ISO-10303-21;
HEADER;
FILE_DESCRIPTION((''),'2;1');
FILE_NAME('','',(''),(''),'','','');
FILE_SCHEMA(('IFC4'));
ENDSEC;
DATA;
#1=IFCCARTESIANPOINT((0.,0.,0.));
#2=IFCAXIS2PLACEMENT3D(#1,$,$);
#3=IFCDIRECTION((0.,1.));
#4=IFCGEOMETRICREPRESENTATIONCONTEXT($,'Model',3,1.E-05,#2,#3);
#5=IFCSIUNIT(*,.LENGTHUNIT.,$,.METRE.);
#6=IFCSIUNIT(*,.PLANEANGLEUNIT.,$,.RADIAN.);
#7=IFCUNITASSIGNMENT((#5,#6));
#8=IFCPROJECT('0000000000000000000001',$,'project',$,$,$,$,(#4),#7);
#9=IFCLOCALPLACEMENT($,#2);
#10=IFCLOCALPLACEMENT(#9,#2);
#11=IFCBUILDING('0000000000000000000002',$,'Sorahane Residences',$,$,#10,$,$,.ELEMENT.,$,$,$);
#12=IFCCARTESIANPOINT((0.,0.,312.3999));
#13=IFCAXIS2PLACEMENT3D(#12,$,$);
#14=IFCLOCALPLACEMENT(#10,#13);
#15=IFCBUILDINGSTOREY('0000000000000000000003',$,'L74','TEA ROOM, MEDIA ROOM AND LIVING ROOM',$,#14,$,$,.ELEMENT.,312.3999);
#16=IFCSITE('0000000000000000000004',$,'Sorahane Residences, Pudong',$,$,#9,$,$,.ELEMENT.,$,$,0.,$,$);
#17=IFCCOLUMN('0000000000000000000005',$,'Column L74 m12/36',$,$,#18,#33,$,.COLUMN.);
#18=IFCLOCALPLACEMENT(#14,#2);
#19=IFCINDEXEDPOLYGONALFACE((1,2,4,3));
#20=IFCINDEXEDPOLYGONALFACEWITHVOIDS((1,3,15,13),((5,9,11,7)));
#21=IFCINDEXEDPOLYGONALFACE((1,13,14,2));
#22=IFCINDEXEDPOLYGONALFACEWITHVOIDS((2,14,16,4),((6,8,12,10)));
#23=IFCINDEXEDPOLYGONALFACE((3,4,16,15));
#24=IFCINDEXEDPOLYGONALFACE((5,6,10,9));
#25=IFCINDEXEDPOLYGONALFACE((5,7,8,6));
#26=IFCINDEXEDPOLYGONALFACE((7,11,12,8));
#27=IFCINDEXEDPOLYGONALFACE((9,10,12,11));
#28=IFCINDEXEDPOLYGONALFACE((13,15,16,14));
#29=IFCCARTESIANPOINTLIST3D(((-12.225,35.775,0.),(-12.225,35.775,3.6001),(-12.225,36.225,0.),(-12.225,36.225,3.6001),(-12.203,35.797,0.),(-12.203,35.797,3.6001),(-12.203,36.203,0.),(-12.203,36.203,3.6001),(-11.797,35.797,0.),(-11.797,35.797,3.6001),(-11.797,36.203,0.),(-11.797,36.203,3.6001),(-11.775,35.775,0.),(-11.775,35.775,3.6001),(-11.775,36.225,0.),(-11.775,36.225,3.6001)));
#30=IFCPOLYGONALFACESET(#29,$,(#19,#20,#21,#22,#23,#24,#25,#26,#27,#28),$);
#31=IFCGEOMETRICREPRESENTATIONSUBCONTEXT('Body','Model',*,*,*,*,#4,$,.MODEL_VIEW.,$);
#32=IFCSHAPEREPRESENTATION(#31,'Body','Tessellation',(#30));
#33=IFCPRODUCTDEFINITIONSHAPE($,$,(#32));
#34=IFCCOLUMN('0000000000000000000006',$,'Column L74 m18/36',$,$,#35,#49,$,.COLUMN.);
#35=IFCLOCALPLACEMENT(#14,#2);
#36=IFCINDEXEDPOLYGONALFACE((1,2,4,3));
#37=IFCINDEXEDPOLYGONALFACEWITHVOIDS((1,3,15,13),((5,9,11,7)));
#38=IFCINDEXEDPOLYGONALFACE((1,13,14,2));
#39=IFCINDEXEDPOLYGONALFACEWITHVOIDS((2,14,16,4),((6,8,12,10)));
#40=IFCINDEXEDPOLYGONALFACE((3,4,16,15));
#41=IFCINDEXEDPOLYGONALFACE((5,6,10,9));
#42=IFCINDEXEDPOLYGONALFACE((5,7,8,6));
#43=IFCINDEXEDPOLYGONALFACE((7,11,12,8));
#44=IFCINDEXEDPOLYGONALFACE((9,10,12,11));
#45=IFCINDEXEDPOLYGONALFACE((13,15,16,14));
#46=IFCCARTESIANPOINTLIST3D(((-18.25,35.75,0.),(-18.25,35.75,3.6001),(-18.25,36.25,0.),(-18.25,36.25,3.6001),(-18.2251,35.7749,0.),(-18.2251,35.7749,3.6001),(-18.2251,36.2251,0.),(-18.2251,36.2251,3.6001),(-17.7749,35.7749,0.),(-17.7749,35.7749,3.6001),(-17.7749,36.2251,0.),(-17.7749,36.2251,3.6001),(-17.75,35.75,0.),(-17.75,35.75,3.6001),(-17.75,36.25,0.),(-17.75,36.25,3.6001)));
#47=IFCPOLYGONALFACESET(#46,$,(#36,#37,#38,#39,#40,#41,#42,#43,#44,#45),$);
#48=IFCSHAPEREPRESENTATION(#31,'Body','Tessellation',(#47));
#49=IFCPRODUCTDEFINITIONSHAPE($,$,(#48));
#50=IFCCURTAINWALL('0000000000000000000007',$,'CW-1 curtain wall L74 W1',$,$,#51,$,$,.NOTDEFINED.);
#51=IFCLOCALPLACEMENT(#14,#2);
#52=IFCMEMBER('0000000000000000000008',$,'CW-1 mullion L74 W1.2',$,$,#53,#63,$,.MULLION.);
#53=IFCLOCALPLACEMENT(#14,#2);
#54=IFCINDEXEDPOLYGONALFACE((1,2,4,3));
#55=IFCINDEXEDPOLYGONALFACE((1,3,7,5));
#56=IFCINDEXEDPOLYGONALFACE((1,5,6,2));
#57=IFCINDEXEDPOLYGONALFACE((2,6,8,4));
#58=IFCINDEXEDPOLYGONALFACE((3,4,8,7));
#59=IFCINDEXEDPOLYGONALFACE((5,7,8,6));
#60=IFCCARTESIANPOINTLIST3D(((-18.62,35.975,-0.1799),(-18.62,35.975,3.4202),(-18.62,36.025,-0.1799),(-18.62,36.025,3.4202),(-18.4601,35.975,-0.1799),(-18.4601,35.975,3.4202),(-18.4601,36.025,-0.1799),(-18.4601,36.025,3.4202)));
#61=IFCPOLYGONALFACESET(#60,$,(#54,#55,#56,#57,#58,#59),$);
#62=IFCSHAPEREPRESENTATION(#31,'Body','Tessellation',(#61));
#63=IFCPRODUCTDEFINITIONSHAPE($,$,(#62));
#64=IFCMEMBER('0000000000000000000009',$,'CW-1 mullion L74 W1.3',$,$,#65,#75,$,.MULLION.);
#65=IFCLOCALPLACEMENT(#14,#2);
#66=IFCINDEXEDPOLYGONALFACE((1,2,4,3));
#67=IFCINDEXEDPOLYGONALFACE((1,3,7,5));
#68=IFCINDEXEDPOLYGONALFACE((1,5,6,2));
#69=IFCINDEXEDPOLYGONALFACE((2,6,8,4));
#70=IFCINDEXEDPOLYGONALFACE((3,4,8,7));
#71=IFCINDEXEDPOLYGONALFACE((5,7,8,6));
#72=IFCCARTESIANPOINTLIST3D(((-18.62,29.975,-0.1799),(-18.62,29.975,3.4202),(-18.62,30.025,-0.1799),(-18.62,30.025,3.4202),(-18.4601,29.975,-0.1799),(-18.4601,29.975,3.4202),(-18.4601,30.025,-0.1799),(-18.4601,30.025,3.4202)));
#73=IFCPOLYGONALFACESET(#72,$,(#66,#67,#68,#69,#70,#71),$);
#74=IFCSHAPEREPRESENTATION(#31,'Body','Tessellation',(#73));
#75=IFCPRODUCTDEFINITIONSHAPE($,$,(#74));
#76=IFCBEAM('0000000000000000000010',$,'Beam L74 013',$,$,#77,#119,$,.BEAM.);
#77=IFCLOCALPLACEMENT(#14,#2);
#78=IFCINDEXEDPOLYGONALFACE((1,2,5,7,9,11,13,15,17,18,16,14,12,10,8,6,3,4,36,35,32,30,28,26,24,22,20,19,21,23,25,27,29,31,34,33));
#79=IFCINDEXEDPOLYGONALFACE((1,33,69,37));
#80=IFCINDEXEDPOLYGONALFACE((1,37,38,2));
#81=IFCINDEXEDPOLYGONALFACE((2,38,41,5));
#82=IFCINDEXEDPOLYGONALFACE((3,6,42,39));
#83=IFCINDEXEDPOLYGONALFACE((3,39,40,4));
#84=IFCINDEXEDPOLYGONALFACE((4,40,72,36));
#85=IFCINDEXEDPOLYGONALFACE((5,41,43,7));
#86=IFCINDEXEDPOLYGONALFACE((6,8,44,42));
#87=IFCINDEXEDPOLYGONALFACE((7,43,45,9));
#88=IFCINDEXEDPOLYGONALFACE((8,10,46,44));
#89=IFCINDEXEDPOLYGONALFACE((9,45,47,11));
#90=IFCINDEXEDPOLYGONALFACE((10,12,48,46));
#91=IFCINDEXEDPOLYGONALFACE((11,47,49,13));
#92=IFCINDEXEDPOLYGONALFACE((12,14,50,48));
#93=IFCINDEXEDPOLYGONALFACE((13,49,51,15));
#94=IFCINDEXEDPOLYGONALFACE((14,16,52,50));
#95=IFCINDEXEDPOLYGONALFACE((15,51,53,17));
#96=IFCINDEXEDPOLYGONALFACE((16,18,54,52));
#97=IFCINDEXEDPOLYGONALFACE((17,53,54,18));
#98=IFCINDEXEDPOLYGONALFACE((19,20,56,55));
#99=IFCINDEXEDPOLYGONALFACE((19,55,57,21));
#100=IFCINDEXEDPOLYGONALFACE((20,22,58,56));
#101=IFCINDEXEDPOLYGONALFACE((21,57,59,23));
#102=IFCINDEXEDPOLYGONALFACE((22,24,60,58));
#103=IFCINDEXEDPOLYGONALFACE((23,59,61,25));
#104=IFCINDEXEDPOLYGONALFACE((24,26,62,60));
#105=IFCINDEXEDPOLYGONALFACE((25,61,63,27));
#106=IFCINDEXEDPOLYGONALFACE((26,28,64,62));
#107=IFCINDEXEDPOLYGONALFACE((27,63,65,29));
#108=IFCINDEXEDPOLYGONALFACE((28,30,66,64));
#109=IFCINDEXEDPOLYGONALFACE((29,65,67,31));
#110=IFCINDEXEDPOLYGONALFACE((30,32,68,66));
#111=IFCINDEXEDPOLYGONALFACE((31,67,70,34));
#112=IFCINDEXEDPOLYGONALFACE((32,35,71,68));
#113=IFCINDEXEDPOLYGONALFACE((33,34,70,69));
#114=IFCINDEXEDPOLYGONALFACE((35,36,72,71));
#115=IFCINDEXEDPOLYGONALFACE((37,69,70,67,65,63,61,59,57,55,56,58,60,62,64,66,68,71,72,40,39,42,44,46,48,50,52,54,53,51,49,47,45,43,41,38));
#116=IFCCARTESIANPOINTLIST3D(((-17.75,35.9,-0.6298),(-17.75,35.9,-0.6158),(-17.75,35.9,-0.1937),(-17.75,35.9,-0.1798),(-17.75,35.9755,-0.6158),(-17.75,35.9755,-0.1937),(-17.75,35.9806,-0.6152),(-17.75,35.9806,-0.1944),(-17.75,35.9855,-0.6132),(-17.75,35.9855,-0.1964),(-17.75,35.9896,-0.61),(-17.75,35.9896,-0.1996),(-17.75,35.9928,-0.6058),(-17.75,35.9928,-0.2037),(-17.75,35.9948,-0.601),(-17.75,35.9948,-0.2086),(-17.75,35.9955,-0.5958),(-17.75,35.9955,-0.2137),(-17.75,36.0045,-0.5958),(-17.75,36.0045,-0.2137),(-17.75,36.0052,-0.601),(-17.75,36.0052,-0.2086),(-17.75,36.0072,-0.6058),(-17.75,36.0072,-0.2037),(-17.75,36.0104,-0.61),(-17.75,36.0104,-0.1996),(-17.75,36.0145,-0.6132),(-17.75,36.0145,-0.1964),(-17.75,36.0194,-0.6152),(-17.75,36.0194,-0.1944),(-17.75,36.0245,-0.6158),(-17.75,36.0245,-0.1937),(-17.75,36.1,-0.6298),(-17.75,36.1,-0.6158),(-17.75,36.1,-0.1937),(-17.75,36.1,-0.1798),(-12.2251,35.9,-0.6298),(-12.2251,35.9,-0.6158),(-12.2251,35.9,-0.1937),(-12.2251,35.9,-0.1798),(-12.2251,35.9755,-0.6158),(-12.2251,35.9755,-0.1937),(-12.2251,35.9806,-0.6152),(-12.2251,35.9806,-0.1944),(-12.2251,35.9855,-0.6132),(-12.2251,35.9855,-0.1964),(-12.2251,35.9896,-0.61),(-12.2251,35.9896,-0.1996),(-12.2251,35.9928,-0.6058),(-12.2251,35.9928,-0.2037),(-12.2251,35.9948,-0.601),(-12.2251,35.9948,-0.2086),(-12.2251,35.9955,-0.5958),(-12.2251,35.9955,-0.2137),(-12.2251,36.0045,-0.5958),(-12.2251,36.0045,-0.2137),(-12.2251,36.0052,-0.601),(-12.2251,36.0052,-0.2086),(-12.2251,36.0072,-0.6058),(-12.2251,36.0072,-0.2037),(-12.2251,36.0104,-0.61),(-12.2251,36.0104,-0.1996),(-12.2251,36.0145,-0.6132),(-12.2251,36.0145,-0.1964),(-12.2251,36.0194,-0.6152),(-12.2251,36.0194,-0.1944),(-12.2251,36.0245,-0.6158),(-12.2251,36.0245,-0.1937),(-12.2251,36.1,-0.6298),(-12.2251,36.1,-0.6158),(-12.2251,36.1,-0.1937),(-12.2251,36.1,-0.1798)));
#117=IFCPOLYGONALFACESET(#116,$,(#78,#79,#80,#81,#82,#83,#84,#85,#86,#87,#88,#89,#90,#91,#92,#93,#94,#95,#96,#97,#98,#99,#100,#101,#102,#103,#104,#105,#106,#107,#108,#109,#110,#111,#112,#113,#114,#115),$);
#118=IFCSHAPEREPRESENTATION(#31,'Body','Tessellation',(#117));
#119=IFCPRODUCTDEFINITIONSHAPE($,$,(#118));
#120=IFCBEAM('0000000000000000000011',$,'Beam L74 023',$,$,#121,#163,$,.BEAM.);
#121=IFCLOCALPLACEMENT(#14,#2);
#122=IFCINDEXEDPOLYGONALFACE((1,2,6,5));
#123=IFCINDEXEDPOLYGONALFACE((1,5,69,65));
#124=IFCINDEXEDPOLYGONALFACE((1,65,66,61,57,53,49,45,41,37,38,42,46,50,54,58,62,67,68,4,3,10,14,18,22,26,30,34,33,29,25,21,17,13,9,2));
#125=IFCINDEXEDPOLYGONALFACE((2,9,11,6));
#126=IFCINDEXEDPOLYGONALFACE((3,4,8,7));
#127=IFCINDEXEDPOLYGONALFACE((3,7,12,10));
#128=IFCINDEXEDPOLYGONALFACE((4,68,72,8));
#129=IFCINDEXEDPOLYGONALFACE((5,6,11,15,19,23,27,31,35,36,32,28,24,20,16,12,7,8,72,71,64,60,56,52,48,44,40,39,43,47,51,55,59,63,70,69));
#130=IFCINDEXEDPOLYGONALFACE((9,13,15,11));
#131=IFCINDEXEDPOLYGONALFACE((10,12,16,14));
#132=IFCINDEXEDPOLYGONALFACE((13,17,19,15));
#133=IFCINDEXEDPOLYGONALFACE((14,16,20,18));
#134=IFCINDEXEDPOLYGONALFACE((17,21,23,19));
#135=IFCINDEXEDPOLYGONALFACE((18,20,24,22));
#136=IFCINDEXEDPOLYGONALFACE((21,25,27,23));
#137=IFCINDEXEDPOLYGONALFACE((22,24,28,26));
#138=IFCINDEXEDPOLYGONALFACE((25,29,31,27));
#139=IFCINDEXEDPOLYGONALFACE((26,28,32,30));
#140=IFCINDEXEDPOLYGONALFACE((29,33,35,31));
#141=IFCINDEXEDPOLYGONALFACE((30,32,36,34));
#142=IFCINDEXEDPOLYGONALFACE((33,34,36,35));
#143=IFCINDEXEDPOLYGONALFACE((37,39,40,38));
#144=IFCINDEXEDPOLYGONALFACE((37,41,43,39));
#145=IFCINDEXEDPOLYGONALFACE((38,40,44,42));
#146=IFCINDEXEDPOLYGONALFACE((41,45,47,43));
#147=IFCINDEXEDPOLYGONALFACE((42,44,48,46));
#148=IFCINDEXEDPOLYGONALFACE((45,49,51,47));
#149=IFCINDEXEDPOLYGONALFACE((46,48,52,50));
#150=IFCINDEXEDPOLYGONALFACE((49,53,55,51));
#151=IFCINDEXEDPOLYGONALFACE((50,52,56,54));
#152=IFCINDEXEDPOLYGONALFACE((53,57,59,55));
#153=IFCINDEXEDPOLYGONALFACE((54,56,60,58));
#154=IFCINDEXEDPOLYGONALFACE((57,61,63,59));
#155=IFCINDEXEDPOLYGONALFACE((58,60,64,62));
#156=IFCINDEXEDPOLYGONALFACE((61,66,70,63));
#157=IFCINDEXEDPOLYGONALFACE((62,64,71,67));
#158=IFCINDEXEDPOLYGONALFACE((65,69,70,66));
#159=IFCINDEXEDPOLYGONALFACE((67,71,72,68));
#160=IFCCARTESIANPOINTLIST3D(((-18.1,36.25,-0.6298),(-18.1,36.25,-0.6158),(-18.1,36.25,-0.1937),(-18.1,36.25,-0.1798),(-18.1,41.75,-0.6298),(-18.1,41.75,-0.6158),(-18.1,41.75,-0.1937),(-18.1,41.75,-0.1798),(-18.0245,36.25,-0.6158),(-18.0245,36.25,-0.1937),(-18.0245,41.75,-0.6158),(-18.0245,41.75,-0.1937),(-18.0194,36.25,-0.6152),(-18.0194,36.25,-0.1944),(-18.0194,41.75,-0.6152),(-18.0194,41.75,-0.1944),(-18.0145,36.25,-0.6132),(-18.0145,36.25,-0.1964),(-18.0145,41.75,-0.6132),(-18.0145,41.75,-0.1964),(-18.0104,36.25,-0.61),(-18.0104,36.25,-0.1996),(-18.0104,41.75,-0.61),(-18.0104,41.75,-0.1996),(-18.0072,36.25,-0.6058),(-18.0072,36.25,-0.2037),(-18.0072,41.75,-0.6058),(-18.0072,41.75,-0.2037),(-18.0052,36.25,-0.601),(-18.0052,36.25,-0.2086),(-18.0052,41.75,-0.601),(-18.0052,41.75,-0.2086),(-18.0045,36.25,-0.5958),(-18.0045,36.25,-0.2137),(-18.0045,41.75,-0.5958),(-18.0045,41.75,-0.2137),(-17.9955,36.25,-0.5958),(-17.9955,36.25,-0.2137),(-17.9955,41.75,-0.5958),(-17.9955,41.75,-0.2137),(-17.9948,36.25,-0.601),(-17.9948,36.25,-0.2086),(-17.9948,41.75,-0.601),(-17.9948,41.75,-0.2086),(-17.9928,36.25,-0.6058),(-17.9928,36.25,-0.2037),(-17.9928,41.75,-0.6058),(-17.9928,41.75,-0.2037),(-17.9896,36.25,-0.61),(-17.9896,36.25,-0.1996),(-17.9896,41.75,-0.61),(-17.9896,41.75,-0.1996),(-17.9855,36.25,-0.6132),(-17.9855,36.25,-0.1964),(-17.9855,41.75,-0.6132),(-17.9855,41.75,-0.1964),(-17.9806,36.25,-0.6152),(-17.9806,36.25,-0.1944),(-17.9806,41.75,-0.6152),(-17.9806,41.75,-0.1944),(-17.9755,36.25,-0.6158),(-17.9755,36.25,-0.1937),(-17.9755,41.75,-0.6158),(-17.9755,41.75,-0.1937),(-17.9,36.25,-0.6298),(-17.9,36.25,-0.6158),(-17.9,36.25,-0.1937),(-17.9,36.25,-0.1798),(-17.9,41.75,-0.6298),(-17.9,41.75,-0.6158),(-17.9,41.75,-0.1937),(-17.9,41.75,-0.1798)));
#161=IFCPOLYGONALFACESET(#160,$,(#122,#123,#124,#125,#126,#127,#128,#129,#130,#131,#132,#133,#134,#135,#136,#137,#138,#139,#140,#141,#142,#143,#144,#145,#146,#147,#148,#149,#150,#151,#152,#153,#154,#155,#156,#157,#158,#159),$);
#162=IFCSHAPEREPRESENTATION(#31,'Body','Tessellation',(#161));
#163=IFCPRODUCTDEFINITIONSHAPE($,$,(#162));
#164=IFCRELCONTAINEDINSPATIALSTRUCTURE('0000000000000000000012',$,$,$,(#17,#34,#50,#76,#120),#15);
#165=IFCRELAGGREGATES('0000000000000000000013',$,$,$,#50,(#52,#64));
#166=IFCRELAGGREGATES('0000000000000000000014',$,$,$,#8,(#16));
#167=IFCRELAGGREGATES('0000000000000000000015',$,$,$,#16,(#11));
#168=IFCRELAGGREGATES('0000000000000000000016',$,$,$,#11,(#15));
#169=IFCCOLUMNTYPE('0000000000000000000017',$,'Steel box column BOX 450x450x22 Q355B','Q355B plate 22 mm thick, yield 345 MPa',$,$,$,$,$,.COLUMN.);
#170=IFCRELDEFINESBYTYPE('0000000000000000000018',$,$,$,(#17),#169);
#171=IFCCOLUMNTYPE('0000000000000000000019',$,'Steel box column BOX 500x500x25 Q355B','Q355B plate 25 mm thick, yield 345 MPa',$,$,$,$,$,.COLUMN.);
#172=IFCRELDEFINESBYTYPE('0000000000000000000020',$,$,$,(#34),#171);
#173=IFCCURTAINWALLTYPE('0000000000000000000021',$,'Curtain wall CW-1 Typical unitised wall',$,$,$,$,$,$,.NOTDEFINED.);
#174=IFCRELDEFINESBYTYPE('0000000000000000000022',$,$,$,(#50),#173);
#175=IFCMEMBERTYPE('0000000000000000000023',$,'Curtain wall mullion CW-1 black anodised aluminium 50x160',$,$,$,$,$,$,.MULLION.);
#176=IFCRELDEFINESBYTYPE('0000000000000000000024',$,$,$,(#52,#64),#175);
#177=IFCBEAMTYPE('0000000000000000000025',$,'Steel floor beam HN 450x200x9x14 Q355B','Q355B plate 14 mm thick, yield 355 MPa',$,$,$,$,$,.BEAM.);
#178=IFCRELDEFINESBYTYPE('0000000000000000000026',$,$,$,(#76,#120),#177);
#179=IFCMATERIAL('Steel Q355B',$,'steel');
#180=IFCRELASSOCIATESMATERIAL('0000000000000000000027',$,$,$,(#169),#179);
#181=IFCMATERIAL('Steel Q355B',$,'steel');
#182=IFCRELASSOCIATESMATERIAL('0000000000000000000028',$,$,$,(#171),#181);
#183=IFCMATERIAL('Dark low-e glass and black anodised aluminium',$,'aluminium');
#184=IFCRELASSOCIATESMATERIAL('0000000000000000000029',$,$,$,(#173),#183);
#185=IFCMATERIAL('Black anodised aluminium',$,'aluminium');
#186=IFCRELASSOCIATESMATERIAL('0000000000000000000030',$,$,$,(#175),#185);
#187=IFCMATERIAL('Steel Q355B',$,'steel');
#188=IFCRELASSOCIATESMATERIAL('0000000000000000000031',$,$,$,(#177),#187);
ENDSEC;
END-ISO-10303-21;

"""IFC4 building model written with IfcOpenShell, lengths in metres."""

from ifc_helpers import new_model, si_unit, direction, frame, origin, origin_2d, place, context, subcontext, project, spatial, rectangle, hollow_rectangle, i_section, extrude, material, material_profile, profile_set, type_object, element, aggregate, save


model = new_model("IFC4")

# Units and contexts
model_context = context("Model", 3, precision=1e-05, world=origin(), true_north=direction((0.0, 1.0)))
body_context = subcontext(model_context, "Body", "Model", "MODEL_VIEW")
ifc_project = project(units=[si_unit("LENGTHUNIT", "METRE"), si_unit("PLANEANGLEUNIT", "RADIAN")], contexts=[model_context])

# Site, building, storey
site_placement = place(None, origin())
site = spatial("IfcSite", under=ifc_project, at=site_placement, Name="Sorahane Residences, Pudong", CompositionType="ELEMENT", RefElevation=0.0)
building_placement = place(site_placement, origin())
building = spatial("IfcBuilding", under=site, at=building_placement, Name="Sorahane Residences", CompositionType="ELEMENT")
storey_placement = place(building_placement, frame((0.0, 0.0, 312.3999)))
storey = spatial("IfcBuildingStorey", under=building, at=storey_placement, Name="L74", Description="TEA ROOM, MEDIA ROOM AND LIVING ROOM", CompositionType="ELEMENT", Elevation=312.3999)

# Columns
ifc_material_1 = material(Name="Steel Q355B", Category="steel")
ifc_material_profile_1 = material_profile(ifc_material_1, hollow_rectangle(XDim=0.45, YDim=0.45, WallThickness=0.022, at=origin_2d()), Name="BOX 450x450x22")
ifc_profile_set_1 = profile_set([ifc_material_profile_1], Name="Steel Q355B")
column_type_1 = type_object("IfcColumnType", Name="Steel box column BOX 450x450x22 Q355B", Description="Q355B plate 22 mm thick, yield 345 MPa", PredefinedType="COLUMN", material=ifc_profile_set_1)
column_1_placement = place(storey_placement, frame((-12.0, 36.0, 0.0), z_axis=(0.0, 0.0, 1.0), x_axis=(1.0, 0.0, 0.0)))
element("IfcColumn", 1, at=column_1_placement, inside=storey, type_object=column_type_1, Name="Column L74 m12/36", PredefinedType="COLUMN", context=body_context, shape_type="SweptSolid", body=[
    extrude(hollow_rectangle(XDim=0.45, YDim=0.45, WallThickness=0.022, at=origin_2d()), origin(), (0.0, 0.0, 1.0), 3.6001),
])
ifc_material_2 = material(Name="Steel Q355B", Category="steel")
ifc_material_profile_2 = material_profile(ifc_material_2, hollow_rectangle(XDim=0.5, YDim=0.5, WallThickness=0.0249, at=origin_2d()), Name="BOX 500x500x25")
ifc_profile_set_2 = profile_set([ifc_material_profile_2], Name="Steel Q355B")
column_type_2 = type_object("IfcColumnType", Name="Steel box column BOX 500x500x25 Q355B", Description="Q355B plate 25 mm thick, yield 345 MPa", PredefinedType="COLUMN", material=ifc_profile_set_2)
column_2_placement = place(storey_placement, frame((-18.0, 36.0, 0.0), z_axis=(0.0, 0.0, 1.0), x_axis=(1.0, 0.0, 0.0)))
element("IfcColumn", 2, at=column_2_placement, inside=storey, type_object=column_type_2, Name="Column L74 m18/36", PredefinedType="COLUMN", context=body_context, shape_type="SweptSolid", body=[
    extrude(hollow_rectangle(XDim=0.5, YDim=0.5, WallThickness=0.0249, at=origin_2d()), origin(), (0.0, 0.0, 1.0), 3.6001),
])

# Curtain wall, members
ifc_material_3 = material(Name="Dark low-e glass and black anodised aluminium", Category="aluminium")
curtain_wall_type = type_object("IfcCurtainWallType", Name="Curtain wall CW-1 Typical unitised wall", PredefinedType="NOTDEFINED", material=ifc_material_3)
curtain_wall_placement = place(storey_placement, origin())
curtain_wall = element("IfcCurtainWall", 3, at=curtain_wall_placement, inside=storey, type_object=curtain_wall_type, Name="CW-1 curtain wall L74 W1", PredefinedType="NOTDEFINED")
ifc_material_4 = material(Name="Black anodised aluminium", Category="aluminium")
ifc_material_profile_3 = material_profile(ifc_material_4, rectangle(XDim=0.1599, YDim=0.05, at=origin_2d()), Name="Curtain wall mullion CW-1 black anodised aluminium 50x160")
ifc_profile_set_3 = profile_set([ifc_material_profile_3], Name="Black anodised aluminium")
member_type = type_object("IfcMemberType", Name="Curtain wall mullion CW-1 black anodised aluminium 50x160", PredefinedType="MULLION", material=ifc_profile_set_3)
member_1_placement = place(storey_placement, frame((-18.54, 36.0, -0.1799), z_axis=(0.0, 0.0, 1.0), x_axis=(-1.0, 0.0, 0.0)))
member_1 = element("IfcMember", 4, at=member_1_placement, type_object=member_type, Name="CW-1 mullion L74 W1.2", PredefinedType="MULLION", context=body_context, shape_type="SweptSolid", body=[
    extrude(rectangle(XDim=0.1599, YDim=0.05, at=origin_2d()), origin(), (0.0, 0.0, 1.0), 3.6001),
])
member_2_placement = place(storey_placement, frame((-18.54, 30.0, -0.1799), z_axis=(0.0, 0.0, 1.0), x_axis=(-1.0, 0.0, 0.0)))
member_2 = element("IfcMember", 5, at=member_2_placement, type_object=member_type, Name="CW-1 mullion L74 W1.3", PredefinedType="MULLION", context=body_context, shape_type="SweptSolid", body=[
    extrude(rectangle(XDim=0.1599, YDim=0.05, at=origin_2d()), origin(), (0.0, 0.0, 1.0), 3.6001),
])

# Beams
ifc_material_5 = material(Name="Steel Q355B", Category="steel")
ifc_material_profile_4 = material_profile(ifc_material_5, i_section(OverallWidth=0.2, OverallDepth=0.45, WebThickness=0.009, FlangeThickness=0.0139, FilletRadius=0.02, at=origin_2d()), Name="HN 450x200x9x14")
ifc_profile_set_4 = profile_set([ifc_material_profile_4], Name="Steel Q355B")
beam_type_1 = type_object("IfcBeamType", Name="Steel floor beam HN 450x200x9x14 Q355B", Description="Q355B plate 14 mm thick, yield 355 MPa", PredefinedType="BEAM", material=ifc_profile_set_4)
beam_1_placement = place(storey_placement, frame((-17.75, 36.0, -0.4048), z_axis=(1.0, 0.0, 0.0), x_axis=(0.0, 1.0, 0.0)))
element("IfcBeam", 6, at=beam_1_placement, inside=storey, type_object=beam_type_1, Name="Beam L74 013", PredefinedType="BEAM", context=body_context, shape_type="SweptSolid", body=[
    extrude(i_section(OverallWidth=0.2, OverallDepth=0.45, WebThickness=0.009, FlangeThickness=0.0139, FilletRadius=0.02, at=origin_2d()), origin(), (0.0, 0.0, 1.0), 5.5249),
])
beam_2_placement = place(storey_placement, frame((-18.0, 36.25, -0.4048), z_axis=(0.0, 1.0, 0.0), x_axis=(-1.0, 0.0, 0.0)))
element("IfcBeam", 7, at=beam_2_placement, inside=storey, type_object=beam_type_1, Name="Beam L74 023", PredefinedType="BEAM", context=body_context, shape_type="SweptSolid", body=[
    extrude(i_section(OverallWidth=0.2, OverallDepth=0.45, WebThickness=0.009, FlangeThickness=0.0139, FilletRadius=0.02, at=origin_2d()), origin(), (0.0, 0.0, 1.0), 5.5),
])

aggregate(curtain_wall, [member_1, member_2])

save(model, "model.ifc")
